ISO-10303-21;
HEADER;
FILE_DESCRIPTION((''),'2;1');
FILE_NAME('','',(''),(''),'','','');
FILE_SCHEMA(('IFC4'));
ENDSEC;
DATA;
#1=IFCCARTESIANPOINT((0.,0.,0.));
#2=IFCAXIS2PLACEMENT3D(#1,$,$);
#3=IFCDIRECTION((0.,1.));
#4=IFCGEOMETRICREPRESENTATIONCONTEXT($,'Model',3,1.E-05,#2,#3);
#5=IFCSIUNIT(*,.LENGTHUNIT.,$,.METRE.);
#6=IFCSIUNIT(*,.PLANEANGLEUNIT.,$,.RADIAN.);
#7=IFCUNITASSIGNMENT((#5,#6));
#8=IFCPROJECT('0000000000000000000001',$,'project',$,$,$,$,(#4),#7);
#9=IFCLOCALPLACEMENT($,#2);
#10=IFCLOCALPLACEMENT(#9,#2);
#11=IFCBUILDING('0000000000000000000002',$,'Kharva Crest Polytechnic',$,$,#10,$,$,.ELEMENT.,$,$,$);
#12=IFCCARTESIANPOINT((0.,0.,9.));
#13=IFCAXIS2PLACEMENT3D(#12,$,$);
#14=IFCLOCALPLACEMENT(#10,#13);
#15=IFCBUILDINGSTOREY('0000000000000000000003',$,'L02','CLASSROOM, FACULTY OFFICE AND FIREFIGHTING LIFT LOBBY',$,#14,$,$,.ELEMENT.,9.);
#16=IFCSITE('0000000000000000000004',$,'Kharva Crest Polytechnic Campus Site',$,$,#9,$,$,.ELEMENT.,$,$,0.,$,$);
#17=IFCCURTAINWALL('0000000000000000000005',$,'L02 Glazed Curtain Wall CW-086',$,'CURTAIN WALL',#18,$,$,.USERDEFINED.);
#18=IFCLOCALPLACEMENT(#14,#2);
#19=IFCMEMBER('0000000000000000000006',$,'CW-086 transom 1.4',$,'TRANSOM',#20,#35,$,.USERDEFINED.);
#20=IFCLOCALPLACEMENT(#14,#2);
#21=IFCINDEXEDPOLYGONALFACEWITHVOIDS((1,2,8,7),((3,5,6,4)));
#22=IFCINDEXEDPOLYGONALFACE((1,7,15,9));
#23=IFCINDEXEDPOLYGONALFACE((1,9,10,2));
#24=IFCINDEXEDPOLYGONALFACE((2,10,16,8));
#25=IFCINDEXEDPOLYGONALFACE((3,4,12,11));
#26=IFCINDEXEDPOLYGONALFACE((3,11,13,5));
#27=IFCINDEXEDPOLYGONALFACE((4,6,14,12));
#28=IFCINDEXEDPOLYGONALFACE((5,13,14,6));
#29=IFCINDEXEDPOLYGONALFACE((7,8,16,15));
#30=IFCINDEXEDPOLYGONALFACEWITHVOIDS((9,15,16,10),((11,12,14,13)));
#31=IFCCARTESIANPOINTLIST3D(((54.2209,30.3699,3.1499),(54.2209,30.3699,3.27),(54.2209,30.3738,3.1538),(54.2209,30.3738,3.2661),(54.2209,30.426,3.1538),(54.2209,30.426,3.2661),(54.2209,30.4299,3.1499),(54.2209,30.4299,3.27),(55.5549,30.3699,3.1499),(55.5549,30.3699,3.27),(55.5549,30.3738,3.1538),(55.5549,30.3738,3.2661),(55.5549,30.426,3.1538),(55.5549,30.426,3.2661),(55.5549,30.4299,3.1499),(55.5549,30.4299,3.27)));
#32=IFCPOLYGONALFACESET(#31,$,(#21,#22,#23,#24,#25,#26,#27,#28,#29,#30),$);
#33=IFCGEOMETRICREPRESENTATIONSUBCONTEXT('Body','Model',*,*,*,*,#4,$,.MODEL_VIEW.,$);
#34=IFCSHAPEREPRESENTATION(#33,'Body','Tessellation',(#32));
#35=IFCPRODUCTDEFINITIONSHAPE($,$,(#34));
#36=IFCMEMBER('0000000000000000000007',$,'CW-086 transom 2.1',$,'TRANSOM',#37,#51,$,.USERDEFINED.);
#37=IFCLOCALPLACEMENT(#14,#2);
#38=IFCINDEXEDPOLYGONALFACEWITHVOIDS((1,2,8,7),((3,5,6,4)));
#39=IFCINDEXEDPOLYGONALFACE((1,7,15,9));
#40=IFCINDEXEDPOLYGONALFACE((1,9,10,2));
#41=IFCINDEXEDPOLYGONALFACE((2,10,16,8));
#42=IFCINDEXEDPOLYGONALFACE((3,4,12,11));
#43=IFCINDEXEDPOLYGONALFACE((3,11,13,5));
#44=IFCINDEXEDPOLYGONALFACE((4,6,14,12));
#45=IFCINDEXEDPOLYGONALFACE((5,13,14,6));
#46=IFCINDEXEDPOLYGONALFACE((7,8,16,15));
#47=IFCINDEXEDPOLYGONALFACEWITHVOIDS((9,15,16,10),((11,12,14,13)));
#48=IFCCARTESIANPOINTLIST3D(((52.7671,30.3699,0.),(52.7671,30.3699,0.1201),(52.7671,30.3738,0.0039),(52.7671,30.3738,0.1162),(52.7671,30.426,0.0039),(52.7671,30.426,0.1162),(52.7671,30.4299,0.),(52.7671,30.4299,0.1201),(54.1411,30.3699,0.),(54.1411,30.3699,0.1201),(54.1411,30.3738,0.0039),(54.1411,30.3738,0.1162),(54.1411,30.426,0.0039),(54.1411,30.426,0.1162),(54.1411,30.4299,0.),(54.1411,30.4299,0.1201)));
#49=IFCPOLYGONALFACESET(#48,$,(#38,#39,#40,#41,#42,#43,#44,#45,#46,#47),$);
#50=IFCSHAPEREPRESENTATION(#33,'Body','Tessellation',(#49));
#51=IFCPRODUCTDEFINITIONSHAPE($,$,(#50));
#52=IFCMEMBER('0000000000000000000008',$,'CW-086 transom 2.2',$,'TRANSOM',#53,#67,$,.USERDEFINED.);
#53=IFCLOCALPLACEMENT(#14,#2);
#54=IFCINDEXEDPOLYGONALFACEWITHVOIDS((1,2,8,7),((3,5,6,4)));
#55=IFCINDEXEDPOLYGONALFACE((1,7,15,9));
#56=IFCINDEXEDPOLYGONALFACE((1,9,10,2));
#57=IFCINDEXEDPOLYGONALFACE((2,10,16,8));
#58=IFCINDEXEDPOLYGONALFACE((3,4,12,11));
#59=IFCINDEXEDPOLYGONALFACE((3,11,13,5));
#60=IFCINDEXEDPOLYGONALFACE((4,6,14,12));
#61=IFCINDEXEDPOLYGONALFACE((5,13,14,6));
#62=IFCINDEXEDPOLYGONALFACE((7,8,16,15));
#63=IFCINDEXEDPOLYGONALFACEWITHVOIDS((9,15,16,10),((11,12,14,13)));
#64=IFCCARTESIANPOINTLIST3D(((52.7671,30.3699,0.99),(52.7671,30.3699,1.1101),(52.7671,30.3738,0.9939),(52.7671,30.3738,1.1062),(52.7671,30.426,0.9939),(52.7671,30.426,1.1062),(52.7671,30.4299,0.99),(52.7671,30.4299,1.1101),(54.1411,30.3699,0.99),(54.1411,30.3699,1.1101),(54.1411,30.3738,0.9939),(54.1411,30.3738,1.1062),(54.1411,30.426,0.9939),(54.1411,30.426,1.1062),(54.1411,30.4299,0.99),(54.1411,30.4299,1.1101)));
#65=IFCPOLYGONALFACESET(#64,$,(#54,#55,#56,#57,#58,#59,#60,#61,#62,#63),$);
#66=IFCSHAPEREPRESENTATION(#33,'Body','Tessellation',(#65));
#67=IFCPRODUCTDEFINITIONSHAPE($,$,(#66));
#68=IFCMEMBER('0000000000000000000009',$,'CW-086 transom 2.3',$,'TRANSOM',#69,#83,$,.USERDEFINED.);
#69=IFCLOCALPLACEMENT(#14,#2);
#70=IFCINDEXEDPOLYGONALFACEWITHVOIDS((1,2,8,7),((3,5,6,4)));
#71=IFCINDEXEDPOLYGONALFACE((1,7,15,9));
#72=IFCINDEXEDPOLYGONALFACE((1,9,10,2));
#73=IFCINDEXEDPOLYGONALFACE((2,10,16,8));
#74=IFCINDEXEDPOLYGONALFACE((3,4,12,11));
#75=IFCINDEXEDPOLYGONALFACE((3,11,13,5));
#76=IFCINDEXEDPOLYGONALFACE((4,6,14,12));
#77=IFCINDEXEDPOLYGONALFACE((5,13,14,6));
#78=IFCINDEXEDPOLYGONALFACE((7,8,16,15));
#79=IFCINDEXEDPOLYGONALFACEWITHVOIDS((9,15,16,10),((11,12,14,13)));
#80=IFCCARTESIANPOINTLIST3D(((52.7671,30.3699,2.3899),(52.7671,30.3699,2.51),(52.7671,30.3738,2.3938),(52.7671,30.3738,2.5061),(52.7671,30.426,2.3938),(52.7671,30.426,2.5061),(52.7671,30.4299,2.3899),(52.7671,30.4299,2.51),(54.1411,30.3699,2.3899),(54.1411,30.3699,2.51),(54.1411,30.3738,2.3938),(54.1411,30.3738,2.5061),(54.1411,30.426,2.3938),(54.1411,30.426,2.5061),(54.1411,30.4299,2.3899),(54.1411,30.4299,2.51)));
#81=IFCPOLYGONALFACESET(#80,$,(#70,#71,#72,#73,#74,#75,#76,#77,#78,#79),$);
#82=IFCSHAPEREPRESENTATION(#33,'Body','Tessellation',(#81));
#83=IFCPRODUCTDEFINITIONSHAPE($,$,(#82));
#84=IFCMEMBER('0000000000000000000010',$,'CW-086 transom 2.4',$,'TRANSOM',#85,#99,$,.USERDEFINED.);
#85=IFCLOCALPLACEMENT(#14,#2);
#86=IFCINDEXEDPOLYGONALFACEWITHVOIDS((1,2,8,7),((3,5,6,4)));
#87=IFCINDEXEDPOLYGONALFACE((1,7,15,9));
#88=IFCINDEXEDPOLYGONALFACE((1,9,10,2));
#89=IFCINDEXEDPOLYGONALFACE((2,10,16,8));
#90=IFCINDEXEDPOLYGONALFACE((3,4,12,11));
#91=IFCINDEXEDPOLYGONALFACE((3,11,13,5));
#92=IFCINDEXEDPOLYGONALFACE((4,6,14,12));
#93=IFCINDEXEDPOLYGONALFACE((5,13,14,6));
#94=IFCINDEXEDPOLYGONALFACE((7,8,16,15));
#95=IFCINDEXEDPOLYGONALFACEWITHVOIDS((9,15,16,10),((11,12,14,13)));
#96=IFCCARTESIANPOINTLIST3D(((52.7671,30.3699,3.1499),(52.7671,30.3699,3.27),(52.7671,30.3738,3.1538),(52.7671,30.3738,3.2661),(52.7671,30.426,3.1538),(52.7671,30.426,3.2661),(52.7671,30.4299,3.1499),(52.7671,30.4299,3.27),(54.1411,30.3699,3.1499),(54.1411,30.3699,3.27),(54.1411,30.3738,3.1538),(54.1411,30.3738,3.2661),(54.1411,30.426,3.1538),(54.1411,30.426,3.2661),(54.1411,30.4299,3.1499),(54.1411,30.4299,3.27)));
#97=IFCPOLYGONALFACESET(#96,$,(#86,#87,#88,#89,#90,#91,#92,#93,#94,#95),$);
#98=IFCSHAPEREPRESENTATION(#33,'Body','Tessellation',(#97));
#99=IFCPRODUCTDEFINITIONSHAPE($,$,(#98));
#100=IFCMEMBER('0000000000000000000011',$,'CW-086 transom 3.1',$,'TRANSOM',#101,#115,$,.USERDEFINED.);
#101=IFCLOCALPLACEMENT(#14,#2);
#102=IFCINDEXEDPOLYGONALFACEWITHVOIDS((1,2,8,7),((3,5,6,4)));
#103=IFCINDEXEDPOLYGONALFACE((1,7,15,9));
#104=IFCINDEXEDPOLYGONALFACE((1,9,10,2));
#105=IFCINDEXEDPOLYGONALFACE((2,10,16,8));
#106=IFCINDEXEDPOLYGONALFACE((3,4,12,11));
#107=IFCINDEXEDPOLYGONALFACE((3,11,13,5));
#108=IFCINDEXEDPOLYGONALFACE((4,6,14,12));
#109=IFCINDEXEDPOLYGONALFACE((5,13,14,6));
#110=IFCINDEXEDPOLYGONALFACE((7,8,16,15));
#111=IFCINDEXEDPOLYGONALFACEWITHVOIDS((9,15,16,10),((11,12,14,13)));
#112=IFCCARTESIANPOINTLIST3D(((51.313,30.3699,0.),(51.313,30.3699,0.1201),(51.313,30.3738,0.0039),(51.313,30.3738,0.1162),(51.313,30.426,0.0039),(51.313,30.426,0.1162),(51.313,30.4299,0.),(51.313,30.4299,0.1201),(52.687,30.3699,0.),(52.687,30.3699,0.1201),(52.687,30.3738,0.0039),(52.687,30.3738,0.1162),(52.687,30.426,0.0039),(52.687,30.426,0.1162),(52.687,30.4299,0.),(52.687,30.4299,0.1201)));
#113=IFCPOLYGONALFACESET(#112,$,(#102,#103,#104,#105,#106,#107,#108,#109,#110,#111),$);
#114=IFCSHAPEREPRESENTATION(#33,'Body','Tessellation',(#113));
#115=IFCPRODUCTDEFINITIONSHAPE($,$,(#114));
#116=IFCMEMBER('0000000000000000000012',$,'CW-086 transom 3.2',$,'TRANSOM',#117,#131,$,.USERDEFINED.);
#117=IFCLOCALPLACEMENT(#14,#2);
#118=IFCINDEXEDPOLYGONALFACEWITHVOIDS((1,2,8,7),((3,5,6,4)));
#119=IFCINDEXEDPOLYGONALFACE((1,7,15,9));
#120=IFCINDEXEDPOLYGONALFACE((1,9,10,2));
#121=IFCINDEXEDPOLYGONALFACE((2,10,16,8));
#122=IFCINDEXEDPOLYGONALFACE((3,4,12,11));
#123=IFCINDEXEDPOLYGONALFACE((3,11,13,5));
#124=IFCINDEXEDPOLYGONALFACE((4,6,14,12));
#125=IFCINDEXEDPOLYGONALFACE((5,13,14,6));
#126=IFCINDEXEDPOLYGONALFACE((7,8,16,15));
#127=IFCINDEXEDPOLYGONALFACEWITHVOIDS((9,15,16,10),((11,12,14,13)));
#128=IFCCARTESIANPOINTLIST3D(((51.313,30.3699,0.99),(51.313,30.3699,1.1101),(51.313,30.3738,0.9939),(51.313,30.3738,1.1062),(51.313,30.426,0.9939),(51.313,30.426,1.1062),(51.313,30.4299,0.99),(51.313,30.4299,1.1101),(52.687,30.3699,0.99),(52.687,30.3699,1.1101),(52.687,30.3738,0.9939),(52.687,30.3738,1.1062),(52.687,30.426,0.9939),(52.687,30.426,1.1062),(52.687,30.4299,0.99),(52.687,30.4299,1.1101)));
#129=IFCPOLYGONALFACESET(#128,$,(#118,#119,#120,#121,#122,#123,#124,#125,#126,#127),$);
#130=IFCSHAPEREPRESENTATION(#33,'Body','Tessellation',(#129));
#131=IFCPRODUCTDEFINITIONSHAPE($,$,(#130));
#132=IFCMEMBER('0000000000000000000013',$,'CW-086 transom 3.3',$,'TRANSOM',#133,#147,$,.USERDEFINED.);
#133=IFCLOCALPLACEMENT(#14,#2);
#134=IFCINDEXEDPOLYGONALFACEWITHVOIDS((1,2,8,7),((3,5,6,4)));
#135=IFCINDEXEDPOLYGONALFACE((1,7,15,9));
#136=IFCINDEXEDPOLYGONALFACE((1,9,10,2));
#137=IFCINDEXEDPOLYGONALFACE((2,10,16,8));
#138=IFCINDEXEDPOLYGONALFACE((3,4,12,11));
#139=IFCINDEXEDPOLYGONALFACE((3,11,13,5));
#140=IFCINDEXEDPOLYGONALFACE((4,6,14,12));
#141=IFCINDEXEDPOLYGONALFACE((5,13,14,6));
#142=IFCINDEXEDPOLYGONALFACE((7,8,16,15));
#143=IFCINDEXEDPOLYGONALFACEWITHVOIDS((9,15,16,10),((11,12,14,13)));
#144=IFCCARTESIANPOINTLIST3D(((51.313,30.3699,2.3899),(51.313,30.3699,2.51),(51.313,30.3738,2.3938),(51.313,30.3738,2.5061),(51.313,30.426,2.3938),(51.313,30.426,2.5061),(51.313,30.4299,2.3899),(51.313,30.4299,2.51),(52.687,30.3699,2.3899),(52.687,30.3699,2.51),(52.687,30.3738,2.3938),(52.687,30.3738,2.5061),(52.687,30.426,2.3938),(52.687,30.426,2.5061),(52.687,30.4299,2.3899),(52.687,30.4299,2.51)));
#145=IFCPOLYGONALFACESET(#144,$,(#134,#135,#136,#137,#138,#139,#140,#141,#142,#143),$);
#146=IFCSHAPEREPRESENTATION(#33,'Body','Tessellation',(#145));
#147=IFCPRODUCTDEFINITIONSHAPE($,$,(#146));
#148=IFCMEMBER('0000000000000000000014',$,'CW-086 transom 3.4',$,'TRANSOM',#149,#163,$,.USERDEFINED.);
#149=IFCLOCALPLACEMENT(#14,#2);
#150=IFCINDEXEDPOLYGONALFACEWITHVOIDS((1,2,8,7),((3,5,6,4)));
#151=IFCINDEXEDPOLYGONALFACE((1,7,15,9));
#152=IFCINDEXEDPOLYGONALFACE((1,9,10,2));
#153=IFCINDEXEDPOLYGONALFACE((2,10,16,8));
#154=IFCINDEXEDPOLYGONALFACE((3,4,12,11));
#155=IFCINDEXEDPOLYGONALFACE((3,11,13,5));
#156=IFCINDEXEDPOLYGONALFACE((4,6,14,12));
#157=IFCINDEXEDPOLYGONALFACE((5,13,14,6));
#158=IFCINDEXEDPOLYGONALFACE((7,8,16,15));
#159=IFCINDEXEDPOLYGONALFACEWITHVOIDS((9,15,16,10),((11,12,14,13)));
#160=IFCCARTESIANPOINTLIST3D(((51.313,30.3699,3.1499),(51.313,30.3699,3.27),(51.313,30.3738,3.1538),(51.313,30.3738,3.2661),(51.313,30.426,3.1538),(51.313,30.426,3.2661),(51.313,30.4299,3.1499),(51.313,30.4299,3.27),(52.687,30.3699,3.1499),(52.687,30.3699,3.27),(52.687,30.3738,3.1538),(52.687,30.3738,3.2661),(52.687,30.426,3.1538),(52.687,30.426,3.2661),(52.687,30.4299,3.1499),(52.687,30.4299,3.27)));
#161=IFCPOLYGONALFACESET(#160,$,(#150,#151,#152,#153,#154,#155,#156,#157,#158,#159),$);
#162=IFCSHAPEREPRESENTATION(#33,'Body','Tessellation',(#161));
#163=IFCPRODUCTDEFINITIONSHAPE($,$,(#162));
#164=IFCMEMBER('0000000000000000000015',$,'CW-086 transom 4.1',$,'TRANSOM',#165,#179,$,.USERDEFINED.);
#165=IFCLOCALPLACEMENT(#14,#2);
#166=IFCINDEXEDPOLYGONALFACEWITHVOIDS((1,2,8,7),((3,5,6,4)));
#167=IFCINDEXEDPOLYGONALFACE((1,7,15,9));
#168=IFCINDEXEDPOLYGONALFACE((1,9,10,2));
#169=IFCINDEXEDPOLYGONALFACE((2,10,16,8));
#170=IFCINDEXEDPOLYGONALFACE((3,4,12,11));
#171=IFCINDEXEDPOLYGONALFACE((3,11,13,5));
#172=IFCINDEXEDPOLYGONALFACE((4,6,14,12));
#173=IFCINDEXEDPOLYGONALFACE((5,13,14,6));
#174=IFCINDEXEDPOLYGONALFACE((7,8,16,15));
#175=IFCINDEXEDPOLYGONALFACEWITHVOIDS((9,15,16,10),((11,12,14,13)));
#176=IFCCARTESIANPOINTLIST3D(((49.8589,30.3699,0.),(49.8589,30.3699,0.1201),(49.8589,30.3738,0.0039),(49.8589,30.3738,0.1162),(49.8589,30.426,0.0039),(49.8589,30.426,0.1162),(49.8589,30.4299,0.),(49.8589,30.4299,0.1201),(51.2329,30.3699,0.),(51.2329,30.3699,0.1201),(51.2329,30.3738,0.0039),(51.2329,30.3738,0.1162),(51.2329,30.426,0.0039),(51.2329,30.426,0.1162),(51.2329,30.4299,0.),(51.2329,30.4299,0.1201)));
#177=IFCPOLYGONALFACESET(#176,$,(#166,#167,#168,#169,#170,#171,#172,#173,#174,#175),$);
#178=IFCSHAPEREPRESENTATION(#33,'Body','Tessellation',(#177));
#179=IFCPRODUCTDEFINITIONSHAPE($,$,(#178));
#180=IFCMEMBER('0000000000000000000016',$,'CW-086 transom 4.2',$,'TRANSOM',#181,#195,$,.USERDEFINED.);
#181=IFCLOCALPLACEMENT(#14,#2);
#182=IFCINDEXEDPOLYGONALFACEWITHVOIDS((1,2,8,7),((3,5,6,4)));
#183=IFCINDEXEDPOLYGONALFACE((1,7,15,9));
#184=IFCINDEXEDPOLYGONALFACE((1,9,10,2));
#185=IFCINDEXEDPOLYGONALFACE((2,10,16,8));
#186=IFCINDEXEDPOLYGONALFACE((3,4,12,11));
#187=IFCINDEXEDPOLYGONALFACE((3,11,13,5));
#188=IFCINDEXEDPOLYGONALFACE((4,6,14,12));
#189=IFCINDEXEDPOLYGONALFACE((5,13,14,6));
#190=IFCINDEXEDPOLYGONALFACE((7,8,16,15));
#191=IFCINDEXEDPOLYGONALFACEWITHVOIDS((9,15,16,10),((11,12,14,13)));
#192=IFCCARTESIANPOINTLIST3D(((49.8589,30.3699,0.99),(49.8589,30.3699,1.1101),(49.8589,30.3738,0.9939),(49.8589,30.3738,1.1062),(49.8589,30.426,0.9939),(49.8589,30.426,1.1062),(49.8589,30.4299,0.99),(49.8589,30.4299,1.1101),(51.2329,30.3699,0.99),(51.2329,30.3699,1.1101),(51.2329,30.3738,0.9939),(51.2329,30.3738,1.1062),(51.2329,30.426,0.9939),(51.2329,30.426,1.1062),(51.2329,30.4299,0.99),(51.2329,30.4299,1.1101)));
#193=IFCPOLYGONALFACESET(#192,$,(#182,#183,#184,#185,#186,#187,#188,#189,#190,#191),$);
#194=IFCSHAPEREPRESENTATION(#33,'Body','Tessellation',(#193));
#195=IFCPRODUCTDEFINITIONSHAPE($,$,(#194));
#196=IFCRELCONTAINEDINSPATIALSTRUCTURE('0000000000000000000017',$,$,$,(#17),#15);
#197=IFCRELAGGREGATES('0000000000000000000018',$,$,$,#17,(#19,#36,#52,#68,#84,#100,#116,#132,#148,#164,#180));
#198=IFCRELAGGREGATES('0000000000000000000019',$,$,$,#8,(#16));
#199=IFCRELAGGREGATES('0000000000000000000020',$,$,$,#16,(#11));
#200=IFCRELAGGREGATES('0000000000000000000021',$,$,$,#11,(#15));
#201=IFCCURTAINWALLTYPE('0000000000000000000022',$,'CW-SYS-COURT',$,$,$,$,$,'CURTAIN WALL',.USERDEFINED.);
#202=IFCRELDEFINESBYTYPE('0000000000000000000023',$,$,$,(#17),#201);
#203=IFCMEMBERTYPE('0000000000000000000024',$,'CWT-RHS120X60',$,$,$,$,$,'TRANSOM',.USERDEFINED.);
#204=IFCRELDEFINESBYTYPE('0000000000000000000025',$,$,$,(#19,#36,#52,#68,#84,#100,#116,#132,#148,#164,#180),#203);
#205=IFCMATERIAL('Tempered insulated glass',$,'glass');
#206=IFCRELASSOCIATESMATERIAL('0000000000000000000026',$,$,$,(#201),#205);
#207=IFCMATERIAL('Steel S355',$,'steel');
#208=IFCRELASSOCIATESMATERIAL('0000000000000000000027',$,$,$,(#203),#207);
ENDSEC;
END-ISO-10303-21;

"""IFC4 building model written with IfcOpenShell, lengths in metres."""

from ifc_helpers import new_model, si_unit, direction, frame, origin, origin_2d, place, context, subcontext, project, spatial, hollow_rectangle, extrude, material, material_profile, profile_set, type_object, element, aggregate, save


model = new_model("IFC4")

# Units and contexts
model_context = context("Model", 3, precision=1e-05, world=origin(), true_north=direction((0.0, 1.0)))
body_context = subcontext(model_context, "Body", "Model", "MODEL_VIEW")
ifc_project = project(units=[si_unit("LENGTHUNIT", "METRE"), si_unit("PLANEANGLEUNIT", "RADIAN")], contexts=[model_context])

# Site, building, storey
site_placement = place(None, origin())
site = spatial("IfcSite", under=ifc_project, at=site_placement, Name="Kharva Crest Polytechnic Campus Site", CompositionType="ELEMENT", RefElevation=0.0)
building_placement = place(site_placement, origin())
building = spatial("IfcBuilding", under=site, at=building_placement, Name="Kharva Crest Polytechnic", CompositionType="ELEMENT")
storey_placement = place(building_placement, frame((0.0, 0.0, 9.0)))
storey = spatial("IfcBuildingStorey", under=building, at=storey_placement, Name="L02", Description="CLASSROOM, FACULTY OFFICE AND FIREFIGHTING LIFT LOBBY", CompositionType="ELEMENT", Elevation=9.0)

# Curtain wall, members
ifc_material_1 = material(Name="Tempered insulated glass", Category="glass")
curtain_wall_type = type_object("IfcCurtainWallType", Name="CW-SYS-COURT", ElementType="CURTAIN WALL", PredefinedType="USERDEFINED", material=ifc_material_1)
curtain_wall_placement = place(storey_placement, origin())
curtain_wall = element("IfcCurtainWall", 1, at=curtain_wall_placement, inside=storey, type_object=curtain_wall_type, Name="L02 Glazed Curtain Wall CW-086", ObjectType="CURTAIN WALL", PredefinedType="USERDEFINED")
ifc_material_2 = material(Name="Steel S355", Category="steel")
ifc_material_profile_1 = material_profile(ifc_material_2, hollow_rectangle(XDim=0.0601, YDim=0.1201, WallThickness=0.0039, at=origin_2d()), Name="RHS 120X60X4.0")
ifc_profile_set_1 = profile_set([ifc_material_profile_1], Name="Steel S355")
member_type_1 = type_object("IfcMemberType", Name="CWT-RHS120X60", ElementType="TRANSOM", PredefinedType="USERDEFINED", material=ifc_profile_set_1)
member_1_placement = place(storey_placement, frame((55.5549, 30.3999, 3.21), z_axis=(-1.0, 0.0, 0.0), x_axis=(0.0, -1.0, 0.0)))
member_1 = element("IfcMember", 2, at=member_1_placement, type_object=member_type_1, Name="CW-086 transom 1.4", ObjectType="TRANSOM", PredefinedType="USERDEFINED", context=body_context, shape_type="SweptSolid", body=[
    extrude(hollow_rectangle(XDim=0.0601, YDim=0.1201, WallThickness=0.0039, at=origin_2d()), origin(), (0.0, 0.0, 1.0), 1.334),
])
member_2_placement = place(storey_placement, frame((54.1411, 30.3999, 0.0601), z_axis=(-1.0, 0.0, 0.0), x_axis=(0.0, -1.0, 0.0)))
member_2 = element("IfcMember", 3, at=member_2_placement, type_object=member_type_1, Name="CW-086 transom 2.1", ObjectType="TRANSOM", PredefinedType="USERDEFINED", context=body_context, shape_type="SweptSolid", body=[
    extrude(hollow_rectangle(XDim=0.0601, YDim=0.1201, WallThickness=0.0039, at=origin_2d()), origin(), (0.0, 0.0, 1.0), 1.374),
])
member_3_placement = place(storey_placement, frame((54.1411, 30.3999, 1.05), z_axis=(-1.0, 0.0, 0.0), x_axis=(0.0, -1.0, 0.0)))
member_3 = element("IfcMember", 4, at=member_3_placement, type_object=member_type_1, Name="CW-086 transom 2.2", ObjectType="TRANSOM", PredefinedType="USERDEFINED", context=body_context, shape_type="SweptSolid", body=[
    extrude(hollow_rectangle(XDim=0.0601, YDim=0.1201, WallThickness=0.0039, at=origin_2d()), origin(), (0.0, 0.0, 1.0), 1.374),
])
member_4_placement = place(storey_placement, frame((54.1411, 30.3999, 2.45), z_axis=(-1.0, 0.0, 0.0), x_axis=(0.0, -1.0, 0.0)))
member_4 = element("IfcMember", 5, at=member_4_placement, type_object=member_type_1, Name="CW-086 transom 2.3", ObjectType="TRANSOM", PredefinedType="USERDEFINED", context=body_context, shape_type="SweptSolid", body=[
    extrude(hollow_rectangle(XDim=0.0601, YDim=0.1201, WallThickness=0.0039, at=origin_2d()), origin(), (0.0, 0.0, 1.0), 1.374),
])
member_5_placement = place(storey_placement, frame((54.1411, 30.3999, 3.21), z_axis=(-1.0, 0.0, 0.0), x_axis=(0.0, -1.0, 0.0)))
member_5 = element("IfcMember", 6, at=member_5_placement, type_object=member_type_1, Name="CW-086 transom 2.4", ObjectType="TRANSOM", PredefinedType="USERDEFINED", context=body_context, shape_type="SweptSolid", body=[
    extrude(hollow_rectangle(XDim=0.0601, YDim=0.1201, WallThickness=0.0039, at=origin_2d()), origin(), (0.0, 0.0, 1.0), 1.374),
])
member_6_placement = place(storey_placement, frame((52.687, 30.3999, 0.0601), z_axis=(-1.0, 0.0, 0.0), x_axis=(0.0, -1.0, 0.0)))
member_6 = element("IfcMember", 7, at=member_6_placement, type_object=member_type_1, Name="CW-086 transom 3.1", ObjectType="TRANSOM", PredefinedType="USERDEFINED", context=body_context, shape_type="SweptSolid", body=[
    extrude(hollow_rectangle(XDim=0.0601, YDim=0.1201, WallThickness=0.0039, at=origin_2d()), origin(), (0.0, 0.0, 1.0), 1.374),
])
member_7_placement = place(storey_placement, frame((52.687, 30.3999, 1.05), z_axis=(-1.0, 0.0, 0.0), x_axis=(0.0, -1.0, 0.0)))
member_7 = element("IfcMember", 8, at=member_7_placement, type_object=member_type_1, Name="CW-086 transom 3.2", ObjectType="TRANSOM", PredefinedType="USERDEFINED", context=body_context, shape_type="SweptSolid", body=[
    extrude(hollow_rectangle(XDim=0.0601, YDim=0.1201, WallThickness=0.0039, at=origin_2d()), origin(), (0.0, 0.0, 1.0), 1.374),
])
member_8_placement = place(storey_placement, frame((52.687, 30.3999, 2.45), z_axis=(-1.0, 0.0, 0.0), x_axis=(0.0, -1.0, 0.0)))
member_8 = element("IfcMember", 9, at=member_8_placement, type_object=member_type_1, Name="CW-086 transom 3.3", ObjectType="TRANSOM", PredefinedType="USERDEFINED", context=body_context, shape_type="SweptSolid", body=[
    extrude(hollow_rectangle(XDim=0.0601, YDim=0.1201, WallThickness=0.0039, at=origin_2d()), origin(), (0.0, 0.0, 1.0), 1.374),
])
member_9_placement = place(storey_placement, frame((52.687, 30.3999, 3.21), z_axis=(-1.0, 0.0, 0.0), x_axis=(0.0, -1.0, 0.0)))
member_9 = element("IfcMember", 10, at=member_9_placement, type_object=member_type_1, Name="CW-086 transom 3.4", ObjectType="TRANSOM", PredefinedType="USERDEFINED", context=body_context, shape_type="SweptSolid", body=[
    extrude(hollow_rectangle(XDim=0.0601, YDim=0.1201, WallThickness=0.0039, at=origin_2d()), origin(), (0.0, 0.0, 1.0), 1.374),
])
member_10_placement = place(storey_placement, frame((51.2329, 30.3999, 0.0601), z_axis=(-1.0, 0.0, 0.0), x_axis=(0.0, -1.0, 0.0)))
member_10 = element("IfcMember", 11, at=member_10_placement, type_object=member_type_1, Name="CW-086 transom 4.1", ObjectType="TRANSOM", PredefinedType="USERDEFINED", context=body_context, shape_type="SweptSolid", body=[
    extrude(hollow_rectangle(XDim=0.0601, YDim=0.1201, WallThickness=0.0039, at=origin_2d()), origin(), (0.0, 0.0, 1.0), 1.374),
])
member_11_placement = place(storey_placement, frame((51.2329, 30.3999, 1.05), z_axis=(-1.0, 0.0, 0.0), x_axis=(0.0, -1.0, 0.0)))
member_11 = element("IfcMember", 12, at=member_11_placement, type_object=member_type_1, Name="CW-086 transom 4.2", ObjectType="TRANSOM", PredefinedType="USERDEFINED", context=body_context, shape_type="SweptSolid", body=[
    extrude(hollow_rectangle(XDim=0.0601, YDim=0.1201, WallThickness=0.0039, at=origin_2d()), origin(), (0.0, 0.0, 1.0), 1.374),
])
aggregate(curtain_wall, [member_1, member_2, member_3, member_4, member_5, member_6, member_7, member_8, member_9, member_10, member_11])

save(model, "model.ifc")
